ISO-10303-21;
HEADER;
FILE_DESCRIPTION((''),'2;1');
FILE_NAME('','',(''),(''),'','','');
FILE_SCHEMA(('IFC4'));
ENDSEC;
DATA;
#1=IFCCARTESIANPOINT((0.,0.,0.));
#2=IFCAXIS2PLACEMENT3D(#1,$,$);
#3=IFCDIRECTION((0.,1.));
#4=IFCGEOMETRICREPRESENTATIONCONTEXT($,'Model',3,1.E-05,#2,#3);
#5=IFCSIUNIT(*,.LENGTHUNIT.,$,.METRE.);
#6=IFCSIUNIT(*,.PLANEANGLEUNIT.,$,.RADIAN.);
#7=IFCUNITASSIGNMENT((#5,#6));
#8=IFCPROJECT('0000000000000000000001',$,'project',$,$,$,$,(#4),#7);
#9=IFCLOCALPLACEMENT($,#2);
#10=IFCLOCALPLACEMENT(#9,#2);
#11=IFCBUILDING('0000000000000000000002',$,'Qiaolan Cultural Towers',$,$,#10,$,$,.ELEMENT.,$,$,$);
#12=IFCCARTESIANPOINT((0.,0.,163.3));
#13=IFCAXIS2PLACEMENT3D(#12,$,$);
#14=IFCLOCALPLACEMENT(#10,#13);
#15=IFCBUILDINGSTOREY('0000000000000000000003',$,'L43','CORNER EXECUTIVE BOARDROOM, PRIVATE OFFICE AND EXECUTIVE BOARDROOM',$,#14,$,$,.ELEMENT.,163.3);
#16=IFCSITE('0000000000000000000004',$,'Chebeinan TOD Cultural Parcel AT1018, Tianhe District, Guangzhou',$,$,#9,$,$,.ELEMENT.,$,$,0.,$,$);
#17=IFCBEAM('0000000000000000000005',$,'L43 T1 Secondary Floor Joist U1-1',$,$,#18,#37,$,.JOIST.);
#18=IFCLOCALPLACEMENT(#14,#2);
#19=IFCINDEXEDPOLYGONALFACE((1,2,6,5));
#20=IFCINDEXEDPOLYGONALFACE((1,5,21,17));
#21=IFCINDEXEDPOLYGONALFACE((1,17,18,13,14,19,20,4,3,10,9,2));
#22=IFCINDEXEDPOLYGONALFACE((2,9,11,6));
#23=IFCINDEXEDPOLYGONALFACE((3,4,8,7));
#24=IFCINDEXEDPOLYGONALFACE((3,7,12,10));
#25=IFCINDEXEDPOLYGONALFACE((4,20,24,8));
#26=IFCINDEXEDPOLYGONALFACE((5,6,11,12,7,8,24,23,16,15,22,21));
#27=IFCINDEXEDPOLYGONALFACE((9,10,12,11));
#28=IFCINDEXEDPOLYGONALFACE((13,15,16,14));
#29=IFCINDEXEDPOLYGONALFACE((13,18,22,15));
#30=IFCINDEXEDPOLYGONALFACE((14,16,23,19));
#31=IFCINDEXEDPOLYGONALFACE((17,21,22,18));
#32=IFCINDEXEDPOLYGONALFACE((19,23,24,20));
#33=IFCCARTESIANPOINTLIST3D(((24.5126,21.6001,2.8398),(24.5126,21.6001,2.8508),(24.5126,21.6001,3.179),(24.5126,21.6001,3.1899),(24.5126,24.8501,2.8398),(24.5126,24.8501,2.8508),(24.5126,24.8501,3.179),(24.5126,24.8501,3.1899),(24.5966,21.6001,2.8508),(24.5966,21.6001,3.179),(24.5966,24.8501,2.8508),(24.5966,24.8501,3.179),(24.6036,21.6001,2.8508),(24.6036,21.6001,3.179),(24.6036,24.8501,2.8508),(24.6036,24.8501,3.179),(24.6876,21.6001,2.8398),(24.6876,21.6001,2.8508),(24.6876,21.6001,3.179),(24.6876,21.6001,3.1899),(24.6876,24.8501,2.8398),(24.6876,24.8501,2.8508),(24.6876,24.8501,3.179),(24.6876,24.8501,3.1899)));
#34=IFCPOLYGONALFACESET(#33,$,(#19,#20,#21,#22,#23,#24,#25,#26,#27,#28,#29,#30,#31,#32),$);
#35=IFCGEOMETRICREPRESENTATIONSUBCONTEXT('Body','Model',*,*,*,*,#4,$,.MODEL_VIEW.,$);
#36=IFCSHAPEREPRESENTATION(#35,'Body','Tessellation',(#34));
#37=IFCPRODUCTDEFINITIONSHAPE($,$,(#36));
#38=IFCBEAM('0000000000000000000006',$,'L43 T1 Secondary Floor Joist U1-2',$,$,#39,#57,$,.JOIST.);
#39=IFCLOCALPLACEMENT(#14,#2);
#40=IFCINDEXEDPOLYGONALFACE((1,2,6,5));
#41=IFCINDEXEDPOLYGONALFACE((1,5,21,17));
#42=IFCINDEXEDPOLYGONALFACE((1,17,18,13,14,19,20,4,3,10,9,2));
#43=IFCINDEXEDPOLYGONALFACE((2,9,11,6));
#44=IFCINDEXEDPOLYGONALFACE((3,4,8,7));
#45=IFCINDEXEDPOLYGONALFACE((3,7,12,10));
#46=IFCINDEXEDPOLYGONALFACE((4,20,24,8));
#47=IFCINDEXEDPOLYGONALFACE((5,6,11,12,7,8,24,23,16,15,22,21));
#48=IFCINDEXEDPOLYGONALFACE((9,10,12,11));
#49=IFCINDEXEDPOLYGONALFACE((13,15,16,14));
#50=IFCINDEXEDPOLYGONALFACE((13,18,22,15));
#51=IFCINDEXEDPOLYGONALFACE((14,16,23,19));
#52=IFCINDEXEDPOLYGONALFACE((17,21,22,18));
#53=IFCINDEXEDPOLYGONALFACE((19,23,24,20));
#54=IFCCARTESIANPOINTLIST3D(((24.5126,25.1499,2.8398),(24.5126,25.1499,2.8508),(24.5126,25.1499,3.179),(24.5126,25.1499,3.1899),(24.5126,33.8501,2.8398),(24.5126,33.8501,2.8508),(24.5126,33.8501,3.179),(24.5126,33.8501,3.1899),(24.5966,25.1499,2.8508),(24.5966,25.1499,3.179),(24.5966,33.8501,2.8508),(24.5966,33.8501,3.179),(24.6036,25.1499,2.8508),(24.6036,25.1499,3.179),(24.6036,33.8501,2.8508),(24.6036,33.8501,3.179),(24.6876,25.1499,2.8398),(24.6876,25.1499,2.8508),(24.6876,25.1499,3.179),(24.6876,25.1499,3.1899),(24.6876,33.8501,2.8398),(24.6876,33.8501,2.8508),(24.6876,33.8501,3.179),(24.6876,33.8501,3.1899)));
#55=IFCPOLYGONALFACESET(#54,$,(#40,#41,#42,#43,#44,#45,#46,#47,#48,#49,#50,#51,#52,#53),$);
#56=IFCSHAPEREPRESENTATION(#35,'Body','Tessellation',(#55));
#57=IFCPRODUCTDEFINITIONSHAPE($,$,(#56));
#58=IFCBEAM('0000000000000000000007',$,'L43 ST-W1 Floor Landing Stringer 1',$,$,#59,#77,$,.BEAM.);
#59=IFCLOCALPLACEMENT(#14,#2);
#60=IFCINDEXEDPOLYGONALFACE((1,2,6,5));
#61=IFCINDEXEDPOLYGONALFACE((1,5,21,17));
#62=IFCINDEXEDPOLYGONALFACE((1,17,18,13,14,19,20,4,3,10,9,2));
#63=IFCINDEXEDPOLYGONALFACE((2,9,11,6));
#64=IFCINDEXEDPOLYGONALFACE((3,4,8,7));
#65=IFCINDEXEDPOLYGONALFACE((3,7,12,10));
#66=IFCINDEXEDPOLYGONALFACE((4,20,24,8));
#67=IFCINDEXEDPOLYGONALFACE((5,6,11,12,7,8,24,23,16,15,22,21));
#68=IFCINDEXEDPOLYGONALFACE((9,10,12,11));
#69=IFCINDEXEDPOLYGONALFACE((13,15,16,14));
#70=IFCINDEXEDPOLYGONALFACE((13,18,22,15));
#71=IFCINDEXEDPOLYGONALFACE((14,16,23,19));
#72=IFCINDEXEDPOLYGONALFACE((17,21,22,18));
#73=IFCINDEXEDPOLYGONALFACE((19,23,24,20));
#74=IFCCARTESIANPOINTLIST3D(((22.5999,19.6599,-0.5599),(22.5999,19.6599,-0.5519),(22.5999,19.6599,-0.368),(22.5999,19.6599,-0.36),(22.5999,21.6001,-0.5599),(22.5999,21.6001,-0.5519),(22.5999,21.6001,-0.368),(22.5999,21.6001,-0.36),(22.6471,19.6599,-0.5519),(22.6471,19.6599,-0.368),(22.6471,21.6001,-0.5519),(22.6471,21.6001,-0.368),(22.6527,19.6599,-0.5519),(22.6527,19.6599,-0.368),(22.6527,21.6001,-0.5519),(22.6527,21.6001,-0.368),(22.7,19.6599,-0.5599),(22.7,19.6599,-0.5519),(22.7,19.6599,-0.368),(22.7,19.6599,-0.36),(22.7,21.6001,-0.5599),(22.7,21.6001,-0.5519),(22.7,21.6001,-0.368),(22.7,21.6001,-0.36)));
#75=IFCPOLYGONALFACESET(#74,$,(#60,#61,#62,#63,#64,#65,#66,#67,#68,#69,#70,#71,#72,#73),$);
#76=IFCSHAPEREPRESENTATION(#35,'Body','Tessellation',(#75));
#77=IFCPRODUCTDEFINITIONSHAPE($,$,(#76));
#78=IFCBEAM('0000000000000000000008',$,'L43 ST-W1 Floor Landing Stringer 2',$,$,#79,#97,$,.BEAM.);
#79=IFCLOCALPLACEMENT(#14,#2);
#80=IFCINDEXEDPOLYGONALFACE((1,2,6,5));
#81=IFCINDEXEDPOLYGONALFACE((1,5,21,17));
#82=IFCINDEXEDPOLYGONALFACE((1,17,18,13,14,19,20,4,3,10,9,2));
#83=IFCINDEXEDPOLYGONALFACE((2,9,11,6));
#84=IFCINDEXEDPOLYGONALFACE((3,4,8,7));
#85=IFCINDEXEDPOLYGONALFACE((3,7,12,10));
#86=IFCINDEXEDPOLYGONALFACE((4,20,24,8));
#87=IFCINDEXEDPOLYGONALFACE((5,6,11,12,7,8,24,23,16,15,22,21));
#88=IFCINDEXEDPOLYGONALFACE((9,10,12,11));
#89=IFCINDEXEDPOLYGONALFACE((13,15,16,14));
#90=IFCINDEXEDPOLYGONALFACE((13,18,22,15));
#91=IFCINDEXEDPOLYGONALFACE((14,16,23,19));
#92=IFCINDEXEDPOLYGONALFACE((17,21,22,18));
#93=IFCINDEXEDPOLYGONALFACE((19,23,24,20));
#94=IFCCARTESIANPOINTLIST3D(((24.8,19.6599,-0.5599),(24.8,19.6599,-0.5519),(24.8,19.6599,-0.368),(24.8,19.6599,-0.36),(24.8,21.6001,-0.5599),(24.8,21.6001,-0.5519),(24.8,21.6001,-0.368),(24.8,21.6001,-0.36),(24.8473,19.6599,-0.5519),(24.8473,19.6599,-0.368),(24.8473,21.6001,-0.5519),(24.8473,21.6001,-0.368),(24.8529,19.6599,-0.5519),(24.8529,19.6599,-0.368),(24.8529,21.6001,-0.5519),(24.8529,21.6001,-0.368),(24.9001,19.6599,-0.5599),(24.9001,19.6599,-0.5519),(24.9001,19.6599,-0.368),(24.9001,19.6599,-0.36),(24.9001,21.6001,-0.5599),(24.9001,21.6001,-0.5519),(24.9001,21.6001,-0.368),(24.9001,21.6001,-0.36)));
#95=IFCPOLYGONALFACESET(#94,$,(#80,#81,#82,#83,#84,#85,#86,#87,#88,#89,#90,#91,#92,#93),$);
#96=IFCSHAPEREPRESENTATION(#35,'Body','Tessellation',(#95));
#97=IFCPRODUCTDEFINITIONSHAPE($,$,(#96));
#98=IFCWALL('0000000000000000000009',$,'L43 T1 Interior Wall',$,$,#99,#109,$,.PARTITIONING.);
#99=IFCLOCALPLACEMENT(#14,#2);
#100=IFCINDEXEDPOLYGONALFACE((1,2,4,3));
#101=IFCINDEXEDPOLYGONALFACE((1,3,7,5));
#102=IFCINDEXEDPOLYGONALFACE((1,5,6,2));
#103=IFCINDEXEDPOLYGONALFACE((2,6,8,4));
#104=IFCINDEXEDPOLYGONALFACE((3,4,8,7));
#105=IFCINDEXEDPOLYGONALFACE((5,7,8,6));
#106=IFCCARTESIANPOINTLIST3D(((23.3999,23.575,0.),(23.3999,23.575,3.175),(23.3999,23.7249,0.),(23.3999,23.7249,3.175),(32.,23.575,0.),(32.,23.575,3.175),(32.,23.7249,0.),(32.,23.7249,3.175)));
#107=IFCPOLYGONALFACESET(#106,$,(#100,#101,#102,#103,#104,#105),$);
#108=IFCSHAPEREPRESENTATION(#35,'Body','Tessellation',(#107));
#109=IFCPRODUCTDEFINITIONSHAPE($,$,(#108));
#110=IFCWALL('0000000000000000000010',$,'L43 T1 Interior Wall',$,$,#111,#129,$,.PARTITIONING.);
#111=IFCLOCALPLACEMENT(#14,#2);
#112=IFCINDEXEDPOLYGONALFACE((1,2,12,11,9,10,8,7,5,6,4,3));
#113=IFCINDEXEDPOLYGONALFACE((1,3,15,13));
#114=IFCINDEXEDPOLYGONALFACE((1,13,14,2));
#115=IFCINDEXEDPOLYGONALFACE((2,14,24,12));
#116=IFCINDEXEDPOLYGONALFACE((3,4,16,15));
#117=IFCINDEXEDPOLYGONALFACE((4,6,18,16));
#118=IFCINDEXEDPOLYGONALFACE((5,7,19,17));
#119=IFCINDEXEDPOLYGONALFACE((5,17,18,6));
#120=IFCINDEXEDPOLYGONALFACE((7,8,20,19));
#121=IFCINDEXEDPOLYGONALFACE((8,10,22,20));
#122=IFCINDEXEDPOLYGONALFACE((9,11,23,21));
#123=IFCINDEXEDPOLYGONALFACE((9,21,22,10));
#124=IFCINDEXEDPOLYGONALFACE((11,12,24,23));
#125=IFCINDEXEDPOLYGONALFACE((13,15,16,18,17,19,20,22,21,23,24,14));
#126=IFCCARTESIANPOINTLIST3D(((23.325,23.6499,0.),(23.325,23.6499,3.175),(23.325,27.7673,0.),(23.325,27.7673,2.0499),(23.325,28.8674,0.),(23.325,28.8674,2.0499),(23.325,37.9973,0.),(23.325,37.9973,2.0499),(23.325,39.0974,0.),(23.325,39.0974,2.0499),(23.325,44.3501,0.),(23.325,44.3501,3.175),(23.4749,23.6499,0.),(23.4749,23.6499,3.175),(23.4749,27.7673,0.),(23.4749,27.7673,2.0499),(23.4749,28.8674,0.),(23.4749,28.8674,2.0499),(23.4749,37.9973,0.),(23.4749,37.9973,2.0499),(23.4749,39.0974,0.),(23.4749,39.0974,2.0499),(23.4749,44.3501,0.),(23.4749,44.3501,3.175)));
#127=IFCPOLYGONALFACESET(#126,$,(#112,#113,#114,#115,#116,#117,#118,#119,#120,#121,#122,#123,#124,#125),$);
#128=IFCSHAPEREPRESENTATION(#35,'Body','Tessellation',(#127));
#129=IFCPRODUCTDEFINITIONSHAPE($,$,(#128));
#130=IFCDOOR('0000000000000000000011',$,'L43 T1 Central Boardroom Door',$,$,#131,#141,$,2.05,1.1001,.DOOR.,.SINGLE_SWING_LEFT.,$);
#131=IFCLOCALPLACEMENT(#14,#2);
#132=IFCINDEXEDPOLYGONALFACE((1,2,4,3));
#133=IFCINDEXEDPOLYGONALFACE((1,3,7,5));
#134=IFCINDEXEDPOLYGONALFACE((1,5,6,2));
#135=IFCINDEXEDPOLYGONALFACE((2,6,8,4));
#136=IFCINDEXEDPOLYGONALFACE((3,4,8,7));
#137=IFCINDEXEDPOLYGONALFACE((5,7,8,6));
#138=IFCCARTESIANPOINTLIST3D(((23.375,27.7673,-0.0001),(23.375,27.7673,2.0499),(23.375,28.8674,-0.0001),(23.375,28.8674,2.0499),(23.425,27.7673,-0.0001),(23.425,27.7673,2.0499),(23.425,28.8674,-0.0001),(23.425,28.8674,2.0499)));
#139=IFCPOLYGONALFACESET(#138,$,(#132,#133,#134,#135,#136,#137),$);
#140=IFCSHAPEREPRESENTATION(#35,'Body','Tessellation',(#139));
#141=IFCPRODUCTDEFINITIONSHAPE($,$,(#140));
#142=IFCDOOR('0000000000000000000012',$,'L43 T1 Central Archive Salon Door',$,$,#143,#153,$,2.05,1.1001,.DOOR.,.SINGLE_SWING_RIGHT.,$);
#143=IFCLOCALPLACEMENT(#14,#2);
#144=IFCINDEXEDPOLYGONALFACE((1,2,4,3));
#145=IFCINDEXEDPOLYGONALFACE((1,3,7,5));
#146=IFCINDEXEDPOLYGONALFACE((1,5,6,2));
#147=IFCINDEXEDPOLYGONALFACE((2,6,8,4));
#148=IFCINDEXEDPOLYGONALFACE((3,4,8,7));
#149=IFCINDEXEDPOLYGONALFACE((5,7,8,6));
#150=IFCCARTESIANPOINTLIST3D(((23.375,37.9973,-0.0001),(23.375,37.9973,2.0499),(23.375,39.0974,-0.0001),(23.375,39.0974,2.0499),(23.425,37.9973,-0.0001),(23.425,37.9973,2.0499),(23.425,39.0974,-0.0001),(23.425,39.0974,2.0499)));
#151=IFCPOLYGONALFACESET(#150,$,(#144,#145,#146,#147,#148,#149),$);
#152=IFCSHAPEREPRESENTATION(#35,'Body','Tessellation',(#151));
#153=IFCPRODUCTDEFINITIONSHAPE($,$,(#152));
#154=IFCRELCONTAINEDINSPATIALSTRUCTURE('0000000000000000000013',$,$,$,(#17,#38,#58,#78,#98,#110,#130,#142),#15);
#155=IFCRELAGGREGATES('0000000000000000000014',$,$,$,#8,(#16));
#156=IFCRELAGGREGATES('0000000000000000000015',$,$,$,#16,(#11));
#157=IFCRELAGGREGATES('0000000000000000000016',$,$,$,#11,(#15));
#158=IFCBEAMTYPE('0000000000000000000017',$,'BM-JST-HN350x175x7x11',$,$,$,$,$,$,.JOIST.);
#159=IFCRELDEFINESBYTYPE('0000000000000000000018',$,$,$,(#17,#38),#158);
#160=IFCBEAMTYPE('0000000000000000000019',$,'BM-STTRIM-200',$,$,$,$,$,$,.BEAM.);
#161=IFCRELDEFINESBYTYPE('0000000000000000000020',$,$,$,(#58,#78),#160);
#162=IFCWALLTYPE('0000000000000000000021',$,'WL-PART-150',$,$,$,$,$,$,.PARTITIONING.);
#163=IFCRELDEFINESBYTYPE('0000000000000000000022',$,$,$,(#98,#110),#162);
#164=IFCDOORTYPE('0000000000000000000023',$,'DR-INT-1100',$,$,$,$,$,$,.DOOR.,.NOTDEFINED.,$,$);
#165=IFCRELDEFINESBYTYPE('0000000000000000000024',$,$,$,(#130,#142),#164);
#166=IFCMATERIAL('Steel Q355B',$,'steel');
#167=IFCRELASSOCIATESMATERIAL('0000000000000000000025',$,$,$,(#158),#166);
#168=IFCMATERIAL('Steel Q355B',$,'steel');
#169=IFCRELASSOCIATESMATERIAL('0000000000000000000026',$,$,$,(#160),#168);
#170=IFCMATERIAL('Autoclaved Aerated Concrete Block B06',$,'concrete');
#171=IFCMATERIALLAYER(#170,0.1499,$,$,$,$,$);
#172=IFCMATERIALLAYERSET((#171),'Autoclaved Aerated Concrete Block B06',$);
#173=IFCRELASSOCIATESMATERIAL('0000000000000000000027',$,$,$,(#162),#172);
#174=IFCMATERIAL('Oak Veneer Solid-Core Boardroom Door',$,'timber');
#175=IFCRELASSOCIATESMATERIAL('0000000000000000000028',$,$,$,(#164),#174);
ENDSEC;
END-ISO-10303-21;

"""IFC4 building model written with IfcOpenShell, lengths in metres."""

from ifc_helpers import new_model, si_unit, direction, frame, frame_2d, origin, origin_2d, place, context, subcontext, project, spatial, rectangle, i_section, extrude, material, layer, layer_set, material_profile, profile_set, type_object, element, fill, save


model = new_model("IFC4")

# Units and contexts
model_context = context("Model", 3, precision=1e-05, world=origin(), true_north=direction((0.0, 1.0)))
body_context = subcontext(model_context, "Body", "Model", "MODEL_VIEW")
ifc_project = project(units=[si_unit("LENGTHUNIT", "METRE"), si_unit("PLANEANGLEUNIT", "RADIAN")], contexts=[model_context])

# Site, building, storey
site_placement = place(None, origin())
site = spatial("IfcSite", under=ifc_project, at=site_placement, Name="Chebeinan TOD Cultural Parcel AT1018, Tianhe District, Guangzhou", CompositionType="ELEMENT", RefElevation=0.0)
building_placement = place(site_placement, origin())
building = spatial("IfcBuilding", under=site, at=building_placement, Name="Qiaolan Cultural Towers", CompositionType="ELEMENT")
storey_placement = place(building_placement, frame((0.0, 0.0, 163.3)))
storey = spatial("IfcBuildingStorey", under=building, at=storey_placement, Name="L43", Description="CORNER EXECUTIVE BOARDROOM, PRIVATE OFFICE AND EXECUTIVE BOARDROOM", CompositionType="ELEMENT", Elevation=163.3)

# Beams
ifc_material_1 = material(Name="Steel Q355B", Category="steel")
ifc_material_profile_1 = material_profile(ifc_material_1, i_section(OverallWidth=0.175, OverallDepth=0.3501, WebThickness=0.0071, FlangeThickness=0.011, at=origin_2d()), Name="HN350x175x7x11")
ifc_profile_set_1 = profile_set([ifc_material_profile_1], Name="Steel Q355B")
beam_type_1 = type_object("IfcBeamType", Name="BM-JST-HN350x175x7x11", PredefinedType="JOIST", material=ifc_profile_set_1)
beam_1_placement = place(storey_placement, frame((24.6001, 21.6001, 3.0149), z_axis=(0.0, 1.0, 0.0), x_axis=(-1.0, 0.0, 0.0)))
element("IfcBeam", 1, at=beam_1_placement, inside=storey, type_object=beam_type_1, Name="L43 T1 Secondary Floor Joist U1-1", PredefinedType="JOIST", context=body_context, shape_type="SweptSolid", body=[
    extrude(i_section(OverallWidth=0.175, OverallDepth=0.3501, WebThickness=0.0071, FlangeThickness=0.011, at=origin_2d()), origin(), (0.0, 0.0, 1.0), 3.25),
])
beam_2_placement = place(storey_placement, frame((24.6001, 25.1499, 3.0149), z_axis=(0.0, 1.0, 0.0), x_axis=(-1.0, 0.0, 0.0)))
element("IfcBeam", 2, at=beam_2_placement, inside=storey, type_object=beam_type_1, Name="L43 T1 Secondary Floor Joist U1-2", PredefinedType="JOIST", context=body_context, shape_type="SweptSolid", body=[
    extrude(i_section(OverallWidth=0.175, OverallDepth=0.3501, WebThickness=0.0071, FlangeThickness=0.011, at=origin_2d()), origin(), (0.0, 0.0, 1.0), 8.7002),
])
ifc_material_2 = material(Name="Steel Q355B", Category="steel")
ifc_material_profile_2 = material_profile(ifc_material_2, i_section(OverallWidth=0.1001, OverallDepth=0.2, WebThickness=0.0056, FlangeThickness=0.0081, at=origin_2d()), Name="HN200x100x5.5x8")
ifc_profile_set_2 = profile_set([ifc_material_profile_2], Name="Steel Q355B")
beam_type_2 = type_object("IfcBeamType", Name="BM-STTRIM-200", PredefinedType="BEAM", material=ifc_profile_set_2)
for number, where, z_axis, x_axis, name in (
    (3, (22.6499, 21.6001, -0.46), (0.0, -1.0, 0.0), (1.0, 0.0, 0.0), "L43 ST-W1 Floor Landing Stringer 1"),
    (4, (24.8501, 21.6001, -0.46), (0.0, -1.0, 0.0), (1.0, 0.0, 0.0), "L43 ST-W1 Floor Landing Stringer 2"),
):
    element("IfcBeam", number, at=place(storey_placement, frame(where, z_axis=z_axis, x_axis=x_axis)), inside=storey, type_object=beam_type_2, Name=name, PredefinedType="BEAM", context=body_context, shape_type="SweptSolid", body=[
        extrude(i_section(OverallWidth=0.1001, OverallDepth=0.2, WebThickness=0.0056, FlangeThickness=0.0081, at=origin_2d()), origin(), (0.0, 0.0, 1.0), 1.9402),
    ])

# Wall
ifc_material_3 = material(Name="Autoclaved Aerated Concrete Block B06", Category="concrete")
ifc_layer = layer(ifc_material_3, 0.1499)
ifc_layer_set = layer_set([ifc_layer], Name="Autoclaved Aerated Concrete Block B06")
wall_type = type_object("IfcWallType", Name="WL-PART-150", PredefinedType="PARTITIONING", material=ifc_layer_set)
wall_1_placement = place(storey_placement, frame((23.3999, 23.6499, 0.0), z_axis=(0.0, 0.0, 1.0), x_axis=(1.0, 0.0, 0.0)))
element("IfcWall", 5, at=wall_1_placement, inside=storey, type_object=wall_type, Name="L43 T1 Interior Wall", PredefinedType="PARTITIONING", context=body_context, shape_type="SweptSolid", body=[
    extrude(rectangle(XDim=8.6001, YDim=0.1499, at=frame_2d((4.3, 0.0))), origin(), (0.0, 0.0, 1.0), 3.175),
])

# Wall, openings, doors
wall_2_placement = place(storey_placement, frame((23.3999, 23.6499, 0.0), z_axis=(0.0, 0.0, 1.0), x_axis=(0.0, 1.0, 0.0)))
wall_2 = element("IfcWall", 6, at=wall_2_placement, inside=storey, type_object=wall_type, Name="L43 T1 Interior Wall", PredefinedType="PARTITIONING", context=body_context, shape_type="SweptSolid", body=[
    extrude(rectangle(XDim=20.7002, YDim=0.1499, at=frame_2d((10.3501, 0.0))), origin(), (0.0, 0.0, 1.0), 3.175),
])
opening_1_placement = place(wall_2_placement, frame((4.1174, 0.0, 0.0)))
opening_1 = element("IfcOpeningElement", 7, at=opening_1_placement, cuts=wall_2, PredefinedType="OPENING", context=body_context, shape_type="SweptSolid", body=[
    extrude(rectangle(XDim=1.1001, YDim=2.05, at=frame_2d((0.55, 1.0249))), frame((0.0, 0.085, 0.0), z_axis=(0.0, -1.0, 0.0), x_axis=(1.0, 0.0, 0.0)), (0.0, 0.0, 1.0), 0.1699),
])
opening_2_placement = place(wall_2_placement, frame((14.3474, 0.0, 0.0)))
opening_2 = element("IfcOpeningElement", 8, at=opening_2_placement, cuts=wall_2, PredefinedType="OPENING", context=body_context, shape_type="SweptSolid", body=[
    extrude(rectangle(XDim=1.1001, YDim=2.05, at=frame_2d((0.55, 1.0249))), frame((0.0, 0.085, 0.0), z_axis=(0.0, -1.0, 0.0), x_axis=(1.0, 0.0, 0.0)), (0.0, 0.0, 1.0), 0.1699),
])
ifc_material_4 = material(Name="Oak Veneer Solid-Core Boardroom Door", Category="timber")
door_type = type_object("IfcDoorType", Name="DR-INT-1100", OperationType="NOTDEFINED", PredefinedType="DOOR", material=ifc_material_4)
door_1_placement = place(opening_1_placement, origin())
door_1 = element("IfcDoor", 9, at=door_1_placement, inside=storey, type_object=door_type, Name="L43 T1 Central Boardroom Door", OperationType="SINGLE_SWING_LEFT", OverallHeight=2.05, OverallWidth=1.1001, PredefinedType="DOOR", context=body_context, shape_type="SweptSolid", body=[
    extrude(rectangle(XDim=1.1001, YDim=2.05, at=frame_2d((0.55, 1.0249))), frame((0.0, 0.0249, 0.0), z_axis=(0.0, -1.0, 0.0), x_axis=(1.0, 0.0, 0.0)), (0.0, 0.0, 1.0), 0.05),
])
fill(opening_1, door_1)
door_2_placement = place(opening_2_placement, origin())
door_2 = element("IfcDoor", 10, at=door_2_placement, inside=storey, type_object=door_type, Name="L43 T1 Central Archive Salon Door", OperationType="SINGLE_SWING_RIGHT", OverallHeight=2.05, OverallWidth=1.1001, PredefinedType="DOOR", context=body_context, shape_type="SweptSolid", body=[
    extrude(rectangle(XDim=1.1001, YDim=2.05, at=frame_2d((0.55, 1.0249))), frame((0.0, 0.0249, 0.0), z_axis=(0.0, -1.0, 0.0), x_axis=(1.0, 0.0, 0.0)), (0.0, 0.0, 1.0), 0.05),
])
fill(opening_2, door_2)

save(model, "model.ifc")
